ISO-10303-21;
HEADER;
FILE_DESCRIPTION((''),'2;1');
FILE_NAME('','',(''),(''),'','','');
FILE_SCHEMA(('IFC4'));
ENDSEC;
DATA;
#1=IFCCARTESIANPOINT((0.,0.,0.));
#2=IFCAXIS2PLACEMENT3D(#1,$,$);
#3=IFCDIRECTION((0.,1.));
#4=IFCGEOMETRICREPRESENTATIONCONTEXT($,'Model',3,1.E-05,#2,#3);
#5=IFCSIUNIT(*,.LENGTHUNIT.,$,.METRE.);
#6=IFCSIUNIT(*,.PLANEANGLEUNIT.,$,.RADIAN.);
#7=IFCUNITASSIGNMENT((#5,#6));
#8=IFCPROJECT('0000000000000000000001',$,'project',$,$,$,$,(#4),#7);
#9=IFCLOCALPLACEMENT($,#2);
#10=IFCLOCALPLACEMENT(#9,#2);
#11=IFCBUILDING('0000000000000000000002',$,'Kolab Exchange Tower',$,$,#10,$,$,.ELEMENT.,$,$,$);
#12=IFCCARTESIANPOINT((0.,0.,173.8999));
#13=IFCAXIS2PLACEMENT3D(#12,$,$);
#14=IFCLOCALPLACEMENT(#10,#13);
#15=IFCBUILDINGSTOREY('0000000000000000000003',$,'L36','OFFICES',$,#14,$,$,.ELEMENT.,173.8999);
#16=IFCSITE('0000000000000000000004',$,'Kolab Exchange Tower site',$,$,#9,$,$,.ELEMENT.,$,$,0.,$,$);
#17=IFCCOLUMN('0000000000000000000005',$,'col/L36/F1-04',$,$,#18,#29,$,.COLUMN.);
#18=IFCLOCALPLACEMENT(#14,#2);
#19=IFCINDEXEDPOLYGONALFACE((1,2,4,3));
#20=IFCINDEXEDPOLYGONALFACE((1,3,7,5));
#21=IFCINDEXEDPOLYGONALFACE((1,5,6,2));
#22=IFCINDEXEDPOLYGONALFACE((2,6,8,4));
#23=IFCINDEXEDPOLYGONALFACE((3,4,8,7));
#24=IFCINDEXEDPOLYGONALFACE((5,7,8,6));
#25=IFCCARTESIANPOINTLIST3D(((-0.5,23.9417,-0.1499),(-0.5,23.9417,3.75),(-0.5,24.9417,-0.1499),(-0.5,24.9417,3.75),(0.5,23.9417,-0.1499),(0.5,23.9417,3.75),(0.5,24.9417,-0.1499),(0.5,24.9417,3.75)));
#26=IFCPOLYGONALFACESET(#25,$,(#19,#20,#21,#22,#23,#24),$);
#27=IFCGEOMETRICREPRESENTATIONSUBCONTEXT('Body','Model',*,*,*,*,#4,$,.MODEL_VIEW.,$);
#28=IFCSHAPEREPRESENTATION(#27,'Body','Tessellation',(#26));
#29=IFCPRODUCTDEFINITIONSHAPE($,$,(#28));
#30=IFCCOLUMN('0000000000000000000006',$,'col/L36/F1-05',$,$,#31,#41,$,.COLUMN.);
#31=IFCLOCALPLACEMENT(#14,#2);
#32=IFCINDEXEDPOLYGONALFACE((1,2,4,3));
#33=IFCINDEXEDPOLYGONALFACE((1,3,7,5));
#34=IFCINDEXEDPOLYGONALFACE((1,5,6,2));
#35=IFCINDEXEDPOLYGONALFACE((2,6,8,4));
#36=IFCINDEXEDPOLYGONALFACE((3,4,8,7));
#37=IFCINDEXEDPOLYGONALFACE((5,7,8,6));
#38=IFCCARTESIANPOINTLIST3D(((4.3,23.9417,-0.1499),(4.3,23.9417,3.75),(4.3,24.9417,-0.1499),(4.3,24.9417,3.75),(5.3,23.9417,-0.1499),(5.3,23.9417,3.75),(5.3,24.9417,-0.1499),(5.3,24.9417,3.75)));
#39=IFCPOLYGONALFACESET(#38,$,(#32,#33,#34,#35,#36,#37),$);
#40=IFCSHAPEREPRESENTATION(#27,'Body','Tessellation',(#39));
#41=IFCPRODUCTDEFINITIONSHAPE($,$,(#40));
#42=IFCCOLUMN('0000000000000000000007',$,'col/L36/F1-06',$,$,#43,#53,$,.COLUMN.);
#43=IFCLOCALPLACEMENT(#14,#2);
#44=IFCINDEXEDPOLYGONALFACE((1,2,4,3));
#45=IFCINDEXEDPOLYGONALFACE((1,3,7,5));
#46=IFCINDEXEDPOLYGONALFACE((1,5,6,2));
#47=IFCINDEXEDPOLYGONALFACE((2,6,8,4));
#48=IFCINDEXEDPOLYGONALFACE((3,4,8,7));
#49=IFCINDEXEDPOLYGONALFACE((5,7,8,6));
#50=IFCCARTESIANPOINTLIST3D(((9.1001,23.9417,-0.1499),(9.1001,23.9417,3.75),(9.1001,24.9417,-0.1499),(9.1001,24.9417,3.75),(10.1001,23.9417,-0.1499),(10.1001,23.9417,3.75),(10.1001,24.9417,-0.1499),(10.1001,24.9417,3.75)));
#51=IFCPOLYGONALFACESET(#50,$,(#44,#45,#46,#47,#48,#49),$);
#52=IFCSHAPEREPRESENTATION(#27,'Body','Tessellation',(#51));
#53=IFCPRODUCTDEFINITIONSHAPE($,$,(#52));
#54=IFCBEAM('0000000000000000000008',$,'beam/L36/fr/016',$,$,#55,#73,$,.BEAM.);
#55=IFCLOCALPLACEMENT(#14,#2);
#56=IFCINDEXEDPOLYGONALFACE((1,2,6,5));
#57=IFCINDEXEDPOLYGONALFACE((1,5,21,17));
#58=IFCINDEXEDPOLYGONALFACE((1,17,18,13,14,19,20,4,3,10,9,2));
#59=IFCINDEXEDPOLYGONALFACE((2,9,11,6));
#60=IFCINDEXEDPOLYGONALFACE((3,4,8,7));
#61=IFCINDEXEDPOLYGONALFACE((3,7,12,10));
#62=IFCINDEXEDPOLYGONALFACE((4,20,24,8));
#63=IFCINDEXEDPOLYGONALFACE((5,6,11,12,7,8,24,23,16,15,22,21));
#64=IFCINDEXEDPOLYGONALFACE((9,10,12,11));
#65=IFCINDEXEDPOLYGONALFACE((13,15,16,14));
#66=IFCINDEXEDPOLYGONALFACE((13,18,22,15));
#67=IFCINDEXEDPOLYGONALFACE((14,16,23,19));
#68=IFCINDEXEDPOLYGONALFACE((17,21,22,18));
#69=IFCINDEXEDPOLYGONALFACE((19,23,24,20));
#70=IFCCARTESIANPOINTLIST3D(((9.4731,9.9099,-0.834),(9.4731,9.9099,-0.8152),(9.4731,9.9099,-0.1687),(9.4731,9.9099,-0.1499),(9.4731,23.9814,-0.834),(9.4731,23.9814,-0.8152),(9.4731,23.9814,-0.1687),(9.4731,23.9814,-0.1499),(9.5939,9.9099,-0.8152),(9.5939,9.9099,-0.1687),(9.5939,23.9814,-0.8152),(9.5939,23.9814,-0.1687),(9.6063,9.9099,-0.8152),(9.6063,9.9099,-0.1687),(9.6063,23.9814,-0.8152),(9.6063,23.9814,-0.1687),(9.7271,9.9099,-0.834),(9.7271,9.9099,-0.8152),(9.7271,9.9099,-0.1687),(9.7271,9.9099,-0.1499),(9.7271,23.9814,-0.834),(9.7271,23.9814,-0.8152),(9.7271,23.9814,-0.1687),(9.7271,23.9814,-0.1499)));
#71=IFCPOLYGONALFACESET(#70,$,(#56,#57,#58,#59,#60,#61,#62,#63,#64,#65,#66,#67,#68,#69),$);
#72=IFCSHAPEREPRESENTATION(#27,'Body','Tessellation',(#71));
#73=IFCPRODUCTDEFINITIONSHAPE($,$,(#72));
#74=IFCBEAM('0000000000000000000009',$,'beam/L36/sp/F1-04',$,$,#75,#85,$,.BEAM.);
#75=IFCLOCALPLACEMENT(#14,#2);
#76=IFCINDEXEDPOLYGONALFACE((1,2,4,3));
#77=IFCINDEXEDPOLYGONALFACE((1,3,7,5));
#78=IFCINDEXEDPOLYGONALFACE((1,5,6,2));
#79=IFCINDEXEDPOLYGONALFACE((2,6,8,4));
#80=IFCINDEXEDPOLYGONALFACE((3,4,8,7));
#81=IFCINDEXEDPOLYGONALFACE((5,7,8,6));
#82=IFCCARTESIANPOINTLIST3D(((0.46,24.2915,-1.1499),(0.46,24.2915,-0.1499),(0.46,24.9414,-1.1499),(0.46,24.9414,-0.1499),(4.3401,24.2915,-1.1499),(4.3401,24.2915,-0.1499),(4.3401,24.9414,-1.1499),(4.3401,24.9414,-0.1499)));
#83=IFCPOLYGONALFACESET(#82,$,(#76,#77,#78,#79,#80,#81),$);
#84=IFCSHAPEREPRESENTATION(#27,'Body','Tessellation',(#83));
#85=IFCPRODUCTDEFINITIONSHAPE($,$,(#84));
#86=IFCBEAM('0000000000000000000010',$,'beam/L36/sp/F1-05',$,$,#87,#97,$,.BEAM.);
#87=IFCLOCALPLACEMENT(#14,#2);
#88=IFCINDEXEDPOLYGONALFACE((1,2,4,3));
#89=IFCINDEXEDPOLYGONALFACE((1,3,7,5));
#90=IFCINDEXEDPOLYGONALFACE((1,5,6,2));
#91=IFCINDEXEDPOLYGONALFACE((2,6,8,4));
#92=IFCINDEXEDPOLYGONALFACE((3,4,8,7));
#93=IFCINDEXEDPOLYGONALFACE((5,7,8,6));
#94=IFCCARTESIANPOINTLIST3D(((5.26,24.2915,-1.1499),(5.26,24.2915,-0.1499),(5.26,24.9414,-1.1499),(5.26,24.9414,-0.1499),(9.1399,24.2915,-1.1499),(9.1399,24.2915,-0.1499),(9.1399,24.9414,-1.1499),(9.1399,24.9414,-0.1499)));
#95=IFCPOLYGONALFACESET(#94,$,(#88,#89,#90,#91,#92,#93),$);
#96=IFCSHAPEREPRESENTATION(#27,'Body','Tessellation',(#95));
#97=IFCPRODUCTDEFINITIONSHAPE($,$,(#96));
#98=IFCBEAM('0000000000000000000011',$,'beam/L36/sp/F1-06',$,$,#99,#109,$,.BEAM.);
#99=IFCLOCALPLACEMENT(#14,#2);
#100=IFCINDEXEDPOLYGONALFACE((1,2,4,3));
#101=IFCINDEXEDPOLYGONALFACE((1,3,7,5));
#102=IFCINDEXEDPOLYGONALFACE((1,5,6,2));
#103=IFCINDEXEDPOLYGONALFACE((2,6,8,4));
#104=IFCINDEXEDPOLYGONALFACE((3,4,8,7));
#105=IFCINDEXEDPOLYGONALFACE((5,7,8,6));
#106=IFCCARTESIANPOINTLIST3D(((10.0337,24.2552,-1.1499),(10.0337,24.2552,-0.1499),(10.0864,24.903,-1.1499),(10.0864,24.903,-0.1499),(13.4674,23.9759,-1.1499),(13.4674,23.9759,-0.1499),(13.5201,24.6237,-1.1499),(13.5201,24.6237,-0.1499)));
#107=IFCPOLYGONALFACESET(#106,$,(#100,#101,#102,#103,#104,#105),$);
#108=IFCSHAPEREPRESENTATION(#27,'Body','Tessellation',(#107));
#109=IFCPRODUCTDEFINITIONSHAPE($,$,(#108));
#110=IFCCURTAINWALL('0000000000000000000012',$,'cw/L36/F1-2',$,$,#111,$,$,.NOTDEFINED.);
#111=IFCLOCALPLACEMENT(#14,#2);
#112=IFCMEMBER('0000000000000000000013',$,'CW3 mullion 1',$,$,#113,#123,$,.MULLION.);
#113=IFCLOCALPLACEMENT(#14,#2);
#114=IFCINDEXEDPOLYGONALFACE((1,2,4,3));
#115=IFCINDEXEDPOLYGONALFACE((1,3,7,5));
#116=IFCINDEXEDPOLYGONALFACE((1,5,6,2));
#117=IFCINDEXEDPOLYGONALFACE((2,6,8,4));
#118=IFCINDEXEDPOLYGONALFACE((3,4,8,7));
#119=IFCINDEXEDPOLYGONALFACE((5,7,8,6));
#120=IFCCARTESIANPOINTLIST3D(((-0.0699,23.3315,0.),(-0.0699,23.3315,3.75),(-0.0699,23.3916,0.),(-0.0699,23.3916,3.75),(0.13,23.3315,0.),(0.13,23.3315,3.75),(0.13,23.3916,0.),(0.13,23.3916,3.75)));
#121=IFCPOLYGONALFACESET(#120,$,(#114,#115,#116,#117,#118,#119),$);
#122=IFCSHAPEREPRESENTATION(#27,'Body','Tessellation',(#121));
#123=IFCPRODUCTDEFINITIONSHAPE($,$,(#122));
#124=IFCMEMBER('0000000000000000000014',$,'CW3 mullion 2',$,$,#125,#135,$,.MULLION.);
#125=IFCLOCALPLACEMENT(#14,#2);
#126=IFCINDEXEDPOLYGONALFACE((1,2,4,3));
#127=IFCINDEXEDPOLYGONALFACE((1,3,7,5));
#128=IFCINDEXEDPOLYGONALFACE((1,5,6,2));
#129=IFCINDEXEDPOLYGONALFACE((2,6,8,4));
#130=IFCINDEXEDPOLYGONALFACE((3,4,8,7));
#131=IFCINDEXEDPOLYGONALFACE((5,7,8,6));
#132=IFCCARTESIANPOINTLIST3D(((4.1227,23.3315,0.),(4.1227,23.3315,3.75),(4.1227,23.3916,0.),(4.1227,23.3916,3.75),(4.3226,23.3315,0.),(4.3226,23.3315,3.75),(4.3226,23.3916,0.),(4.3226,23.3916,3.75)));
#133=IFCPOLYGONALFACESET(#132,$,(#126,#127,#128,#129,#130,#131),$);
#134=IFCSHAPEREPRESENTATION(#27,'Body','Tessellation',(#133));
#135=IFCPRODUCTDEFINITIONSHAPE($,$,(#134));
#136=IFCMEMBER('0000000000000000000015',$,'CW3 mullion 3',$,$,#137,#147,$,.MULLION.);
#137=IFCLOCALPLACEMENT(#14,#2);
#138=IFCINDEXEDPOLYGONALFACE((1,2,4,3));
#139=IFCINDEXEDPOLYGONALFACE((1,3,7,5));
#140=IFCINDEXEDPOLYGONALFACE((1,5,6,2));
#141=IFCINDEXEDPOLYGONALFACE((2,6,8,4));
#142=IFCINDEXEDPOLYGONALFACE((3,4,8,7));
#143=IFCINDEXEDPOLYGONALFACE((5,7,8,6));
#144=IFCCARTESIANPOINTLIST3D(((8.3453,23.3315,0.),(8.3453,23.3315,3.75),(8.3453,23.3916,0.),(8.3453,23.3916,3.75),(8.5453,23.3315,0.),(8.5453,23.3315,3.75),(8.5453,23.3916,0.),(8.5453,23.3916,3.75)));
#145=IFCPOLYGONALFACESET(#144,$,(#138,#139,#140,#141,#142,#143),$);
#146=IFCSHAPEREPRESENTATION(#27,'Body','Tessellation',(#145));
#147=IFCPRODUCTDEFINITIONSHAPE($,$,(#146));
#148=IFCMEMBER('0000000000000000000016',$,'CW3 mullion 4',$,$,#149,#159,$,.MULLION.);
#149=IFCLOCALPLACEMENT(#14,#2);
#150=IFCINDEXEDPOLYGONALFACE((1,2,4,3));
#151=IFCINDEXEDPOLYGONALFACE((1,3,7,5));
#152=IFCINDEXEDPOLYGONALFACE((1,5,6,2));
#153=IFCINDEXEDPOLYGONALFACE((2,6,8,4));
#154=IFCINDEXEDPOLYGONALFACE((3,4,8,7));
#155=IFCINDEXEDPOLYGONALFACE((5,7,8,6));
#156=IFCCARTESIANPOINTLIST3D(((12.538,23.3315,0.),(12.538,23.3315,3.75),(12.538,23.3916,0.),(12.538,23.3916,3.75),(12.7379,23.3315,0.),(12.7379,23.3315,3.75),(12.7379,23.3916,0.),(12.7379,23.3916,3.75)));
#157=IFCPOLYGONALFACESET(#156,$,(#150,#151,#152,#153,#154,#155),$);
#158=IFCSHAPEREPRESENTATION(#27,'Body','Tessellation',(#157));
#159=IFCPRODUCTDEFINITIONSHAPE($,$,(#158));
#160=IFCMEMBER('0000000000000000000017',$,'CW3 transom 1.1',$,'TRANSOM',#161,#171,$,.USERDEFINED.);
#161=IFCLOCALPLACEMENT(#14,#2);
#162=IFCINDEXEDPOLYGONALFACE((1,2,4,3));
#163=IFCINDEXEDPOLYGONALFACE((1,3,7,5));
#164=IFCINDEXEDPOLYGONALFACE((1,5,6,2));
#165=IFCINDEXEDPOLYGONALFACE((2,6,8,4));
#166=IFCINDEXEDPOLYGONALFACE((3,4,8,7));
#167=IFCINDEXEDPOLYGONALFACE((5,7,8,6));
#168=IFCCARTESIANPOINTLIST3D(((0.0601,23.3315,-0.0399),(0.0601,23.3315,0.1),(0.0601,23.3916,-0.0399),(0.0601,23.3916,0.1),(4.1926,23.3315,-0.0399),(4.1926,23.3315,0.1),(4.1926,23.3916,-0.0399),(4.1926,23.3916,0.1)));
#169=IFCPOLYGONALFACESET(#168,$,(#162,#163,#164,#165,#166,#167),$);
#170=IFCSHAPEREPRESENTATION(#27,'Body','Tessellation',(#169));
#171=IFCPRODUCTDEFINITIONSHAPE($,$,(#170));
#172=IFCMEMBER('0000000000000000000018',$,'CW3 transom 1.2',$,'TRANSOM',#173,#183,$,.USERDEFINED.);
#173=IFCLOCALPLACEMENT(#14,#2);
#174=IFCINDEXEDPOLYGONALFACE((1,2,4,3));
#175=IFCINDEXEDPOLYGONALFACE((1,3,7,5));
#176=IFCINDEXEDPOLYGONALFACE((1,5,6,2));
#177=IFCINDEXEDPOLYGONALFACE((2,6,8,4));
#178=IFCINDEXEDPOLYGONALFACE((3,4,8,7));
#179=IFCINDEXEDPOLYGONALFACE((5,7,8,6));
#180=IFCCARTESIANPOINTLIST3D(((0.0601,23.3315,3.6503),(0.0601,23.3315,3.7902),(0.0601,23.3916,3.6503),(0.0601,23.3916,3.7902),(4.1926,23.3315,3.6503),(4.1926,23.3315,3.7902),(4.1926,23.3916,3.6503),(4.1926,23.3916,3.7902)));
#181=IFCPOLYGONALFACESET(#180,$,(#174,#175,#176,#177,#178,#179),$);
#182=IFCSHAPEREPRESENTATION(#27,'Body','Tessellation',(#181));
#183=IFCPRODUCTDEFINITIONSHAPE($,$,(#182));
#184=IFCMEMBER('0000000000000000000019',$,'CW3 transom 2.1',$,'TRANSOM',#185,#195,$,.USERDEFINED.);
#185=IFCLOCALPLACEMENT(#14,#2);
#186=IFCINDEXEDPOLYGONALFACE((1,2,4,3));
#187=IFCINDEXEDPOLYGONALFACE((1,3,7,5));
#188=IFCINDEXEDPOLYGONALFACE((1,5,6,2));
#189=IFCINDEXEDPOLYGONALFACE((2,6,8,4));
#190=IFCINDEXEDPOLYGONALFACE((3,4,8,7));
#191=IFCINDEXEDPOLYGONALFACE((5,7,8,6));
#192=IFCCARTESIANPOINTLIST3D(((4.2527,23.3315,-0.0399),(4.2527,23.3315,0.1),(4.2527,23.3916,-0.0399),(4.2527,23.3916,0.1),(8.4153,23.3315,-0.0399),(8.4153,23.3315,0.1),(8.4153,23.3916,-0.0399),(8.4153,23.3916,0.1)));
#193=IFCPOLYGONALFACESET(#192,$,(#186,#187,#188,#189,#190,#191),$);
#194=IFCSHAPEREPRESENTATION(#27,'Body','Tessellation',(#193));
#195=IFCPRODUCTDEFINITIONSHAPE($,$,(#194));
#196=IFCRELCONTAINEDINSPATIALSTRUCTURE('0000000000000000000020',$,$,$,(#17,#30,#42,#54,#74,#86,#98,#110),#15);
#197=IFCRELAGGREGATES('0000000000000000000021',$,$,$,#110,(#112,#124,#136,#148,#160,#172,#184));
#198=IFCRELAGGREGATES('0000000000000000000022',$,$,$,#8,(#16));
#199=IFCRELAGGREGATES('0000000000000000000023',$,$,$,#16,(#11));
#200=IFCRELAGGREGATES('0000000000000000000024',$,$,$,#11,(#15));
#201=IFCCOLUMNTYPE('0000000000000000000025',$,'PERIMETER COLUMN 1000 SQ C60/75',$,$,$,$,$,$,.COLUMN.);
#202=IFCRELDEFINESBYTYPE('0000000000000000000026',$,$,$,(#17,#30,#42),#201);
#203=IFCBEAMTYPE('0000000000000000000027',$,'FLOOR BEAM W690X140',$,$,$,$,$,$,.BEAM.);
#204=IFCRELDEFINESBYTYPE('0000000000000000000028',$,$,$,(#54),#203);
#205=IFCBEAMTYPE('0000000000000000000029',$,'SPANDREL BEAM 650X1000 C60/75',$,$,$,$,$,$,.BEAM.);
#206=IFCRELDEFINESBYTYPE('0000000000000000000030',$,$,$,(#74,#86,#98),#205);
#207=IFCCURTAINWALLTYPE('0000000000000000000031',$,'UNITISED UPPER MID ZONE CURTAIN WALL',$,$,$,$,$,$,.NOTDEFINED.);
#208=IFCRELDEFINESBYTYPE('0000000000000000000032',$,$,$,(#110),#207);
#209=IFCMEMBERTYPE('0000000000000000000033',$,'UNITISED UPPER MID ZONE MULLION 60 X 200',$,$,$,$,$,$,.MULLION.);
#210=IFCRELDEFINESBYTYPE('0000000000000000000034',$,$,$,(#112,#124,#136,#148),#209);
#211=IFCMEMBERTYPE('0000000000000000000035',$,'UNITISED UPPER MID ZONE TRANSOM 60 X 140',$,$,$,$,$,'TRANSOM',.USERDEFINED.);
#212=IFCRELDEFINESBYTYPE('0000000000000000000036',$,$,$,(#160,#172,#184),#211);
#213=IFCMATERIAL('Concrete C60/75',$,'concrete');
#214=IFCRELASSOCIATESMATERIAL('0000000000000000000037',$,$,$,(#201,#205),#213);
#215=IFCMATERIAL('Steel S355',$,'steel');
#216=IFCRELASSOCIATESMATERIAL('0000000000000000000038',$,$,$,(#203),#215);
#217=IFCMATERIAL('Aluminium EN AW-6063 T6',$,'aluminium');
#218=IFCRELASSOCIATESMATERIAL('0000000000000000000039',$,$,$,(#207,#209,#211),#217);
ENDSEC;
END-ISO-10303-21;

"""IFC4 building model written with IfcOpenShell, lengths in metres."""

from ifc_helpers import new_model, si_unit, direction, frame, origin, origin_2d, place, context, subcontext, project, spatial, rectangle, i_section, extrude, material, material_profile, profile_set, type_object, element, aggregate, save


model = new_model("IFC4")

# Units and contexts
model_context = context("Model", 3, precision=1e-05, world=origin(), true_north=direction((0.0, 1.0)))
body_context = subcontext(model_context, "Body", "Model", "MODEL_VIEW")
ifc_project = project(units=[si_unit("LENGTHUNIT", "METRE"), si_unit("PLANEANGLEUNIT", "RADIAN")], contexts=[model_context])

# Site, building, storey
site_placement = place(None, origin())
site = spatial("IfcSite", under=ifc_project, at=site_placement, Name="Kolab Exchange Tower site", CompositionType="ELEMENT", RefElevation=0.0)
building_placement = place(site_placement, origin())
building = spatial("IfcBuilding", under=site, at=building_placement, Name="Kolab Exchange Tower", CompositionType="ELEMENT")
storey_placement = place(building_placement, frame((0.0, 0.0, 173.8999)))
storey = spatial("IfcBuildingStorey", under=building, at=storey_placement, Name="L36", Description="OFFICES", CompositionType="ELEMENT", Elevation=173.8999)

# Columns
ifc_material_1 = material(Name="Concrete C60/75", Category="concrete")
ifc_material_profile_1 = material_profile(ifc_material_1, rectangle(XDim=1.0, YDim=1.0, at=origin_2d()), Name="RC1000")
ifc_profile_set_1 = profile_set([ifc_material_profile_1], Name="Concrete C60/75")
column_type = type_object("IfcColumnType", Name="PERIMETER COLUMN 1000 SQ C60/75", PredefinedType="COLUMN", material=ifc_profile_set_1)
for number, where, z_axis, x_axis, name in (
    (1, (0.0, 24.4417, -0.1499), (0.0, 0.0, 1.0), (1.0, 0.0, 0.0), "col/L36/F1-04"),
    (2, (4.8, 24.4417, -0.1499), (0.0, 0.0, 1.0), (1.0, 0.0, 0.0), "col/L36/F1-05"),
    (3, (9.6001, 24.4417, -0.1499), (0.0, 0.0, 1.0), (1.0, 0.0, 0.0), "col/L36/F1-06"),
):
    element("IfcColumn", number, at=place(storey_placement, frame(where, z_axis=z_axis, x_axis=x_axis)), inside=storey, type_object=column_type, Name=name, PredefinedType="COLUMN", context=body_context, shape_type="SweptSolid", body=[
        extrude(rectangle(XDim=1.0, YDim=1.0, at=origin_2d()), origin(), (0.0, 0.0, 1.0), 3.8999),
    ])

# Beams
ifc_material_2 = material(Name="Steel S355", Category="steel")
ifc_material_profile_2 = material_profile(ifc_material_2, i_section(OverallWidth=0.2539, OverallDepth=0.6841, WebThickness=0.0125, FlangeThickness=0.0188, at=origin_2d()), Name="W690X140")
ifc_profile_set_2 = profile_set([ifc_material_profile_2], Name="Steel S355")
beam_type_1 = type_object("IfcBeamType", Name="FLOOR BEAM W690X140", PredefinedType="BEAM", material=ifc_profile_set_2)
beam_1_placement = place(storey_placement, frame((9.6001, 9.9099, -0.4919), z_axis=(0.0, 1.0, 0.0), x_axis=(-1.0, 0.0, 0.0)))
element("IfcBeam", 4, at=beam_1_placement, inside=storey, type_object=beam_type_1, Name="beam/L36/fr/016", PredefinedType="BEAM", context=body_context, shape_type="SweptSolid", body=[
    extrude(i_section(OverallWidth=0.2539, OverallDepth=0.6841, WebThickness=0.0125, FlangeThickness=0.0188, at=origin_2d()), origin(), (0.0, 0.0, 1.0), 14.0715),
])
ifc_material_profile_3 = material_profile(ifc_material_1, rectangle(XDim=0.6499, YDim=1.0, at=origin_2d()), Name="RC650X1000")
ifc_profile_set_3 = profile_set([ifc_material_profile_3], Name="Concrete C60/75")
beam_type_2 = type_object("IfcBeamType", Name="SPANDREL BEAM 650X1000 C60/75", PredefinedType="BEAM", material=ifc_profile_set_3)
beam_2_placement = place(storey_placement, frame((0.46, 24.6165, -0.6499), z_axis=(1.0, 0.0, 0.0), x_axis=(0.0, 1.0, 0.0)))
element("IfcBeam", 5, at=beam_2_placement, inside=storey, type_object=beam_type_2, Name="beam/L36/sp/F1-04", PredefinedType="BEAM", context=body_context, shape_type="SweptSolid", body=[
    extrude(rectangle(XDim=0.6499, YDim=1.0, at=origin_2d()), origin(), (0.0, 0.0, 1.0), 3.8801),
])
beam_3_placement = place(storey_placement, frame((5.26, 24.6165, -0.6499), z_axis=(1.0, 0.0, 0.0), x_axis=(0.0, 1.0, 0.0)))
element("IfcBeam", 6, at=beam_3_placement, inside=storey, type_object=beam_type_2, Name="beam/L36/sp/F1-05", PredefinedType="BEAM", context=body_context, shape_type="SweptSolid", body=[
    extrude(rectangle(XDim=0.6499, YDim=1.0, at=origin_2d()), origin(), (0.0, 0.0, 1.0), 3.8799),
])
beam_4_placement = place(storey_placement, frame((10.0601, 24.5791, -0.6499), z_axis=(0.996708, -0.081069, 0.0), x_axis=(0.081069, 0.996708, 0.0)))
element("IfcBeam", 7, at=beam_4_placement, inside=storey, type_object=beam_type_2, Name="beam/L36/sp/F1-06", PredefinedType="BEAM", context=body_context, shape_type="SweptSolid", body=[
    extrude(rectangle(XDim=0.6499, YDim=1.0, at=origin_2d()), origin(), (0.0, 0.0, 1.0), 3.4451),
])

# Curtain wall, members
ifc_material_3 = material(Name="Aluminium EN AW-6063 T6", Category="aluminium")
curtain_wall_type = type_object("IfcCurtainWallType", Name="UNITISED UPPER MID ZONE CURTAIN WALL", PredefinedType="NOTDEFINED", material=ifc_material_3)
curtain_wall_placement = place(storey_placement, origin())
curtain_wall = element("IfcCurtainWall", 8, at=curtain_wall_placement, inside=storey, type_object=curtain_wall_type, Name="cw/L36/F1-2", PredefinedType="NOTDEFINED")
ifc_material_profile_4 = material_profile(ifc_material_3, rectangle(XDim=0.0601, YDim=0.2, at=origin_2d()), Name="RECT 60X200")
ifc_profile_set_4 = profile_set([ifc_material_profile_4], Name="Aluminium EN AW-6063 T6")
member_type_1 = type_object("IfcMemberType", Name="UNITISED UPPER MID ZONE MULLION 60 X 200", PredefinedType="MULLION", material=ifc_profile_set_4)
member_1_placement = place(storey_placement, frame((0.03, 23.3616, 0.0), z_axis=(0.0, 0.0, 1.0), x_axis=(0.0, 1.0, 0.0)))
member_1 = element("IfcMember", 9, at=member_1_placement, type_object=member_type_1, Name="CW3 mullion 1", PredefinedType="MULLION", context=body_context, shape_type="SweptSolid", body=[
    extrude(rectangle(XDim=0.0601, YDim=0.2, at=origin_2d()), origin(), (0.0, 0.0, 1.0), 3.75),
])
member_2_placement = place(storey_placement, frame((4.2227, 23.3616, 0.0), z_axis=(0.0, 0.0, 1.0), x_axis=(0.0, 1.0, 0.0)))
member_2 = element("IfcMember", 10, at=member_2_placement, type_object=member_type_1, Name="CW3 mullion 2", PredefinedType="MULLION", context=body_context, shape_type="SweptSolid", body=[
    extrude(rectangle(XDim=0.0601, YDim=0.2, at=origin_2d()), origin(), (0.0, 0.0, 1.0), 3.75),
])
member_3_placement = place(storey_placement, frame((8.4453, 23.3616, 0.0), z_axis=(0.0, 0.0, 1.0), x_axis=(0.0, 1.0, 0.0)))
member_3 = element("IfcMember", 11, at=member_3_placement, type_object=member_type_1, Name="CW3 mullion 3", PredefinedType="MULLION", context=body_context, shape_type="SweptSolid", body=[
    extrude(rectangle(XDim=0.0601, YDim=0.2, at=origin_2d()), origin(), (0.0, 0.0, 1.0), 3.75),
])
member_4_placement = place(storey_placement, frame((12.6379, 23.3616, 0.0), z_axis=(0.0, 0.0, 1.0), x_axis=(0.0, 1.0, 0.0)))
member_4 = element("IfcMember", 12, at=member_4_placement, type_object=member_type_1, Name="CW3 mullion 4", PredefinedType="MULLION", context=body_context, shape_type="SweptSolid", body=[
    extrude(rectangle(XDim=0.0601, YDim=0.2, at=origin_2d()), origin(), (0.0, 0.0, 1.0), 3.75),
])
ifc_material_profile_5 = material_profile(ifc_material_3, rectangle(XDim=0.0601, YDim=0.1399, at=origin_2d()), Name="RECT 60X140")
ifc_profile_set_5 = profile_set([ifc_material_profile_5], Name="Aluminium EN AW-6063 T6")
member_type_2 = type_object("IfcMemberType", Name="UNITISED UPPER MID ZONE TRANSOM 60 X 140", ElementType="TRANSOM", PredefinedType="USERDEFINED", material=ifc_profile_set_5)
member_5_placement = place(storey_placement, frame((0.0601, 23.3616, 0.03), z_axis=(1.0, 0.0, 0.0), x_axis=(0.0, 1.0, 0.0)))
member_5 = element("IfcMember", 13, at=member_5_placement, type_object=member_type_2, Name="CW3 transom 1.1", ObjectType="TRANSOM", PredefinedType="USERDEFINED", context=body_context, shape_type="SweptSolid", body=[
    extrude(rectangle(XDim=0.0601, YDim=0.1399, at=origin_2d()), origin(), (0.0, 0.0, 1.0), 4.1326),
])
member_6_placement = place(storey_placement, frame((0.0601, 23.3616, 3.7202), z_axis=(1.0, 0.0, 0.0), x_axis=(0.0, 1.0, 0.0)))
member_6 = element("IfcMember", 14, at=member_6_placement, type_object=member_type_2, Name="CW3 transom 1.2", ObjectType="TRANSOM", PredefinedType="USERDEFINED", context=body_context, shape_type="SweptSolid", body=[
    extrude(rectangle(XDim=0.0601, YDim=0.1399, at=origin_2d()), origin(), (0.0, 0.0, 1.0), 4.1326),
])
member_7_placement = place(storey_placement, frame((4.2527, 23.3616, 0.03), z_axis=(1.0, 0.0, 0.0), x_axis=(0.0, 1.0, 0.0)))
member_7 = element("IfcMember", 15, at=member_7_placement, type_object=member_type_2, Name="CW3 transom 2.1", ObjectType="TRANSOM", PredefinedType="USERDEFINED", context=body_context, shape_type="SweptSolid", body=[
    extrude(rectangle(XDim=0.0601, YDim=0.1399, at=origin_2d()), origin(), (0.0, 0.0, 1.0), 4.1626),
])
aggregate(curtain_wall, [member_1, member_2, member_3, member_4, member_5, member_6, member_7])

save(model, "model.ifc")
